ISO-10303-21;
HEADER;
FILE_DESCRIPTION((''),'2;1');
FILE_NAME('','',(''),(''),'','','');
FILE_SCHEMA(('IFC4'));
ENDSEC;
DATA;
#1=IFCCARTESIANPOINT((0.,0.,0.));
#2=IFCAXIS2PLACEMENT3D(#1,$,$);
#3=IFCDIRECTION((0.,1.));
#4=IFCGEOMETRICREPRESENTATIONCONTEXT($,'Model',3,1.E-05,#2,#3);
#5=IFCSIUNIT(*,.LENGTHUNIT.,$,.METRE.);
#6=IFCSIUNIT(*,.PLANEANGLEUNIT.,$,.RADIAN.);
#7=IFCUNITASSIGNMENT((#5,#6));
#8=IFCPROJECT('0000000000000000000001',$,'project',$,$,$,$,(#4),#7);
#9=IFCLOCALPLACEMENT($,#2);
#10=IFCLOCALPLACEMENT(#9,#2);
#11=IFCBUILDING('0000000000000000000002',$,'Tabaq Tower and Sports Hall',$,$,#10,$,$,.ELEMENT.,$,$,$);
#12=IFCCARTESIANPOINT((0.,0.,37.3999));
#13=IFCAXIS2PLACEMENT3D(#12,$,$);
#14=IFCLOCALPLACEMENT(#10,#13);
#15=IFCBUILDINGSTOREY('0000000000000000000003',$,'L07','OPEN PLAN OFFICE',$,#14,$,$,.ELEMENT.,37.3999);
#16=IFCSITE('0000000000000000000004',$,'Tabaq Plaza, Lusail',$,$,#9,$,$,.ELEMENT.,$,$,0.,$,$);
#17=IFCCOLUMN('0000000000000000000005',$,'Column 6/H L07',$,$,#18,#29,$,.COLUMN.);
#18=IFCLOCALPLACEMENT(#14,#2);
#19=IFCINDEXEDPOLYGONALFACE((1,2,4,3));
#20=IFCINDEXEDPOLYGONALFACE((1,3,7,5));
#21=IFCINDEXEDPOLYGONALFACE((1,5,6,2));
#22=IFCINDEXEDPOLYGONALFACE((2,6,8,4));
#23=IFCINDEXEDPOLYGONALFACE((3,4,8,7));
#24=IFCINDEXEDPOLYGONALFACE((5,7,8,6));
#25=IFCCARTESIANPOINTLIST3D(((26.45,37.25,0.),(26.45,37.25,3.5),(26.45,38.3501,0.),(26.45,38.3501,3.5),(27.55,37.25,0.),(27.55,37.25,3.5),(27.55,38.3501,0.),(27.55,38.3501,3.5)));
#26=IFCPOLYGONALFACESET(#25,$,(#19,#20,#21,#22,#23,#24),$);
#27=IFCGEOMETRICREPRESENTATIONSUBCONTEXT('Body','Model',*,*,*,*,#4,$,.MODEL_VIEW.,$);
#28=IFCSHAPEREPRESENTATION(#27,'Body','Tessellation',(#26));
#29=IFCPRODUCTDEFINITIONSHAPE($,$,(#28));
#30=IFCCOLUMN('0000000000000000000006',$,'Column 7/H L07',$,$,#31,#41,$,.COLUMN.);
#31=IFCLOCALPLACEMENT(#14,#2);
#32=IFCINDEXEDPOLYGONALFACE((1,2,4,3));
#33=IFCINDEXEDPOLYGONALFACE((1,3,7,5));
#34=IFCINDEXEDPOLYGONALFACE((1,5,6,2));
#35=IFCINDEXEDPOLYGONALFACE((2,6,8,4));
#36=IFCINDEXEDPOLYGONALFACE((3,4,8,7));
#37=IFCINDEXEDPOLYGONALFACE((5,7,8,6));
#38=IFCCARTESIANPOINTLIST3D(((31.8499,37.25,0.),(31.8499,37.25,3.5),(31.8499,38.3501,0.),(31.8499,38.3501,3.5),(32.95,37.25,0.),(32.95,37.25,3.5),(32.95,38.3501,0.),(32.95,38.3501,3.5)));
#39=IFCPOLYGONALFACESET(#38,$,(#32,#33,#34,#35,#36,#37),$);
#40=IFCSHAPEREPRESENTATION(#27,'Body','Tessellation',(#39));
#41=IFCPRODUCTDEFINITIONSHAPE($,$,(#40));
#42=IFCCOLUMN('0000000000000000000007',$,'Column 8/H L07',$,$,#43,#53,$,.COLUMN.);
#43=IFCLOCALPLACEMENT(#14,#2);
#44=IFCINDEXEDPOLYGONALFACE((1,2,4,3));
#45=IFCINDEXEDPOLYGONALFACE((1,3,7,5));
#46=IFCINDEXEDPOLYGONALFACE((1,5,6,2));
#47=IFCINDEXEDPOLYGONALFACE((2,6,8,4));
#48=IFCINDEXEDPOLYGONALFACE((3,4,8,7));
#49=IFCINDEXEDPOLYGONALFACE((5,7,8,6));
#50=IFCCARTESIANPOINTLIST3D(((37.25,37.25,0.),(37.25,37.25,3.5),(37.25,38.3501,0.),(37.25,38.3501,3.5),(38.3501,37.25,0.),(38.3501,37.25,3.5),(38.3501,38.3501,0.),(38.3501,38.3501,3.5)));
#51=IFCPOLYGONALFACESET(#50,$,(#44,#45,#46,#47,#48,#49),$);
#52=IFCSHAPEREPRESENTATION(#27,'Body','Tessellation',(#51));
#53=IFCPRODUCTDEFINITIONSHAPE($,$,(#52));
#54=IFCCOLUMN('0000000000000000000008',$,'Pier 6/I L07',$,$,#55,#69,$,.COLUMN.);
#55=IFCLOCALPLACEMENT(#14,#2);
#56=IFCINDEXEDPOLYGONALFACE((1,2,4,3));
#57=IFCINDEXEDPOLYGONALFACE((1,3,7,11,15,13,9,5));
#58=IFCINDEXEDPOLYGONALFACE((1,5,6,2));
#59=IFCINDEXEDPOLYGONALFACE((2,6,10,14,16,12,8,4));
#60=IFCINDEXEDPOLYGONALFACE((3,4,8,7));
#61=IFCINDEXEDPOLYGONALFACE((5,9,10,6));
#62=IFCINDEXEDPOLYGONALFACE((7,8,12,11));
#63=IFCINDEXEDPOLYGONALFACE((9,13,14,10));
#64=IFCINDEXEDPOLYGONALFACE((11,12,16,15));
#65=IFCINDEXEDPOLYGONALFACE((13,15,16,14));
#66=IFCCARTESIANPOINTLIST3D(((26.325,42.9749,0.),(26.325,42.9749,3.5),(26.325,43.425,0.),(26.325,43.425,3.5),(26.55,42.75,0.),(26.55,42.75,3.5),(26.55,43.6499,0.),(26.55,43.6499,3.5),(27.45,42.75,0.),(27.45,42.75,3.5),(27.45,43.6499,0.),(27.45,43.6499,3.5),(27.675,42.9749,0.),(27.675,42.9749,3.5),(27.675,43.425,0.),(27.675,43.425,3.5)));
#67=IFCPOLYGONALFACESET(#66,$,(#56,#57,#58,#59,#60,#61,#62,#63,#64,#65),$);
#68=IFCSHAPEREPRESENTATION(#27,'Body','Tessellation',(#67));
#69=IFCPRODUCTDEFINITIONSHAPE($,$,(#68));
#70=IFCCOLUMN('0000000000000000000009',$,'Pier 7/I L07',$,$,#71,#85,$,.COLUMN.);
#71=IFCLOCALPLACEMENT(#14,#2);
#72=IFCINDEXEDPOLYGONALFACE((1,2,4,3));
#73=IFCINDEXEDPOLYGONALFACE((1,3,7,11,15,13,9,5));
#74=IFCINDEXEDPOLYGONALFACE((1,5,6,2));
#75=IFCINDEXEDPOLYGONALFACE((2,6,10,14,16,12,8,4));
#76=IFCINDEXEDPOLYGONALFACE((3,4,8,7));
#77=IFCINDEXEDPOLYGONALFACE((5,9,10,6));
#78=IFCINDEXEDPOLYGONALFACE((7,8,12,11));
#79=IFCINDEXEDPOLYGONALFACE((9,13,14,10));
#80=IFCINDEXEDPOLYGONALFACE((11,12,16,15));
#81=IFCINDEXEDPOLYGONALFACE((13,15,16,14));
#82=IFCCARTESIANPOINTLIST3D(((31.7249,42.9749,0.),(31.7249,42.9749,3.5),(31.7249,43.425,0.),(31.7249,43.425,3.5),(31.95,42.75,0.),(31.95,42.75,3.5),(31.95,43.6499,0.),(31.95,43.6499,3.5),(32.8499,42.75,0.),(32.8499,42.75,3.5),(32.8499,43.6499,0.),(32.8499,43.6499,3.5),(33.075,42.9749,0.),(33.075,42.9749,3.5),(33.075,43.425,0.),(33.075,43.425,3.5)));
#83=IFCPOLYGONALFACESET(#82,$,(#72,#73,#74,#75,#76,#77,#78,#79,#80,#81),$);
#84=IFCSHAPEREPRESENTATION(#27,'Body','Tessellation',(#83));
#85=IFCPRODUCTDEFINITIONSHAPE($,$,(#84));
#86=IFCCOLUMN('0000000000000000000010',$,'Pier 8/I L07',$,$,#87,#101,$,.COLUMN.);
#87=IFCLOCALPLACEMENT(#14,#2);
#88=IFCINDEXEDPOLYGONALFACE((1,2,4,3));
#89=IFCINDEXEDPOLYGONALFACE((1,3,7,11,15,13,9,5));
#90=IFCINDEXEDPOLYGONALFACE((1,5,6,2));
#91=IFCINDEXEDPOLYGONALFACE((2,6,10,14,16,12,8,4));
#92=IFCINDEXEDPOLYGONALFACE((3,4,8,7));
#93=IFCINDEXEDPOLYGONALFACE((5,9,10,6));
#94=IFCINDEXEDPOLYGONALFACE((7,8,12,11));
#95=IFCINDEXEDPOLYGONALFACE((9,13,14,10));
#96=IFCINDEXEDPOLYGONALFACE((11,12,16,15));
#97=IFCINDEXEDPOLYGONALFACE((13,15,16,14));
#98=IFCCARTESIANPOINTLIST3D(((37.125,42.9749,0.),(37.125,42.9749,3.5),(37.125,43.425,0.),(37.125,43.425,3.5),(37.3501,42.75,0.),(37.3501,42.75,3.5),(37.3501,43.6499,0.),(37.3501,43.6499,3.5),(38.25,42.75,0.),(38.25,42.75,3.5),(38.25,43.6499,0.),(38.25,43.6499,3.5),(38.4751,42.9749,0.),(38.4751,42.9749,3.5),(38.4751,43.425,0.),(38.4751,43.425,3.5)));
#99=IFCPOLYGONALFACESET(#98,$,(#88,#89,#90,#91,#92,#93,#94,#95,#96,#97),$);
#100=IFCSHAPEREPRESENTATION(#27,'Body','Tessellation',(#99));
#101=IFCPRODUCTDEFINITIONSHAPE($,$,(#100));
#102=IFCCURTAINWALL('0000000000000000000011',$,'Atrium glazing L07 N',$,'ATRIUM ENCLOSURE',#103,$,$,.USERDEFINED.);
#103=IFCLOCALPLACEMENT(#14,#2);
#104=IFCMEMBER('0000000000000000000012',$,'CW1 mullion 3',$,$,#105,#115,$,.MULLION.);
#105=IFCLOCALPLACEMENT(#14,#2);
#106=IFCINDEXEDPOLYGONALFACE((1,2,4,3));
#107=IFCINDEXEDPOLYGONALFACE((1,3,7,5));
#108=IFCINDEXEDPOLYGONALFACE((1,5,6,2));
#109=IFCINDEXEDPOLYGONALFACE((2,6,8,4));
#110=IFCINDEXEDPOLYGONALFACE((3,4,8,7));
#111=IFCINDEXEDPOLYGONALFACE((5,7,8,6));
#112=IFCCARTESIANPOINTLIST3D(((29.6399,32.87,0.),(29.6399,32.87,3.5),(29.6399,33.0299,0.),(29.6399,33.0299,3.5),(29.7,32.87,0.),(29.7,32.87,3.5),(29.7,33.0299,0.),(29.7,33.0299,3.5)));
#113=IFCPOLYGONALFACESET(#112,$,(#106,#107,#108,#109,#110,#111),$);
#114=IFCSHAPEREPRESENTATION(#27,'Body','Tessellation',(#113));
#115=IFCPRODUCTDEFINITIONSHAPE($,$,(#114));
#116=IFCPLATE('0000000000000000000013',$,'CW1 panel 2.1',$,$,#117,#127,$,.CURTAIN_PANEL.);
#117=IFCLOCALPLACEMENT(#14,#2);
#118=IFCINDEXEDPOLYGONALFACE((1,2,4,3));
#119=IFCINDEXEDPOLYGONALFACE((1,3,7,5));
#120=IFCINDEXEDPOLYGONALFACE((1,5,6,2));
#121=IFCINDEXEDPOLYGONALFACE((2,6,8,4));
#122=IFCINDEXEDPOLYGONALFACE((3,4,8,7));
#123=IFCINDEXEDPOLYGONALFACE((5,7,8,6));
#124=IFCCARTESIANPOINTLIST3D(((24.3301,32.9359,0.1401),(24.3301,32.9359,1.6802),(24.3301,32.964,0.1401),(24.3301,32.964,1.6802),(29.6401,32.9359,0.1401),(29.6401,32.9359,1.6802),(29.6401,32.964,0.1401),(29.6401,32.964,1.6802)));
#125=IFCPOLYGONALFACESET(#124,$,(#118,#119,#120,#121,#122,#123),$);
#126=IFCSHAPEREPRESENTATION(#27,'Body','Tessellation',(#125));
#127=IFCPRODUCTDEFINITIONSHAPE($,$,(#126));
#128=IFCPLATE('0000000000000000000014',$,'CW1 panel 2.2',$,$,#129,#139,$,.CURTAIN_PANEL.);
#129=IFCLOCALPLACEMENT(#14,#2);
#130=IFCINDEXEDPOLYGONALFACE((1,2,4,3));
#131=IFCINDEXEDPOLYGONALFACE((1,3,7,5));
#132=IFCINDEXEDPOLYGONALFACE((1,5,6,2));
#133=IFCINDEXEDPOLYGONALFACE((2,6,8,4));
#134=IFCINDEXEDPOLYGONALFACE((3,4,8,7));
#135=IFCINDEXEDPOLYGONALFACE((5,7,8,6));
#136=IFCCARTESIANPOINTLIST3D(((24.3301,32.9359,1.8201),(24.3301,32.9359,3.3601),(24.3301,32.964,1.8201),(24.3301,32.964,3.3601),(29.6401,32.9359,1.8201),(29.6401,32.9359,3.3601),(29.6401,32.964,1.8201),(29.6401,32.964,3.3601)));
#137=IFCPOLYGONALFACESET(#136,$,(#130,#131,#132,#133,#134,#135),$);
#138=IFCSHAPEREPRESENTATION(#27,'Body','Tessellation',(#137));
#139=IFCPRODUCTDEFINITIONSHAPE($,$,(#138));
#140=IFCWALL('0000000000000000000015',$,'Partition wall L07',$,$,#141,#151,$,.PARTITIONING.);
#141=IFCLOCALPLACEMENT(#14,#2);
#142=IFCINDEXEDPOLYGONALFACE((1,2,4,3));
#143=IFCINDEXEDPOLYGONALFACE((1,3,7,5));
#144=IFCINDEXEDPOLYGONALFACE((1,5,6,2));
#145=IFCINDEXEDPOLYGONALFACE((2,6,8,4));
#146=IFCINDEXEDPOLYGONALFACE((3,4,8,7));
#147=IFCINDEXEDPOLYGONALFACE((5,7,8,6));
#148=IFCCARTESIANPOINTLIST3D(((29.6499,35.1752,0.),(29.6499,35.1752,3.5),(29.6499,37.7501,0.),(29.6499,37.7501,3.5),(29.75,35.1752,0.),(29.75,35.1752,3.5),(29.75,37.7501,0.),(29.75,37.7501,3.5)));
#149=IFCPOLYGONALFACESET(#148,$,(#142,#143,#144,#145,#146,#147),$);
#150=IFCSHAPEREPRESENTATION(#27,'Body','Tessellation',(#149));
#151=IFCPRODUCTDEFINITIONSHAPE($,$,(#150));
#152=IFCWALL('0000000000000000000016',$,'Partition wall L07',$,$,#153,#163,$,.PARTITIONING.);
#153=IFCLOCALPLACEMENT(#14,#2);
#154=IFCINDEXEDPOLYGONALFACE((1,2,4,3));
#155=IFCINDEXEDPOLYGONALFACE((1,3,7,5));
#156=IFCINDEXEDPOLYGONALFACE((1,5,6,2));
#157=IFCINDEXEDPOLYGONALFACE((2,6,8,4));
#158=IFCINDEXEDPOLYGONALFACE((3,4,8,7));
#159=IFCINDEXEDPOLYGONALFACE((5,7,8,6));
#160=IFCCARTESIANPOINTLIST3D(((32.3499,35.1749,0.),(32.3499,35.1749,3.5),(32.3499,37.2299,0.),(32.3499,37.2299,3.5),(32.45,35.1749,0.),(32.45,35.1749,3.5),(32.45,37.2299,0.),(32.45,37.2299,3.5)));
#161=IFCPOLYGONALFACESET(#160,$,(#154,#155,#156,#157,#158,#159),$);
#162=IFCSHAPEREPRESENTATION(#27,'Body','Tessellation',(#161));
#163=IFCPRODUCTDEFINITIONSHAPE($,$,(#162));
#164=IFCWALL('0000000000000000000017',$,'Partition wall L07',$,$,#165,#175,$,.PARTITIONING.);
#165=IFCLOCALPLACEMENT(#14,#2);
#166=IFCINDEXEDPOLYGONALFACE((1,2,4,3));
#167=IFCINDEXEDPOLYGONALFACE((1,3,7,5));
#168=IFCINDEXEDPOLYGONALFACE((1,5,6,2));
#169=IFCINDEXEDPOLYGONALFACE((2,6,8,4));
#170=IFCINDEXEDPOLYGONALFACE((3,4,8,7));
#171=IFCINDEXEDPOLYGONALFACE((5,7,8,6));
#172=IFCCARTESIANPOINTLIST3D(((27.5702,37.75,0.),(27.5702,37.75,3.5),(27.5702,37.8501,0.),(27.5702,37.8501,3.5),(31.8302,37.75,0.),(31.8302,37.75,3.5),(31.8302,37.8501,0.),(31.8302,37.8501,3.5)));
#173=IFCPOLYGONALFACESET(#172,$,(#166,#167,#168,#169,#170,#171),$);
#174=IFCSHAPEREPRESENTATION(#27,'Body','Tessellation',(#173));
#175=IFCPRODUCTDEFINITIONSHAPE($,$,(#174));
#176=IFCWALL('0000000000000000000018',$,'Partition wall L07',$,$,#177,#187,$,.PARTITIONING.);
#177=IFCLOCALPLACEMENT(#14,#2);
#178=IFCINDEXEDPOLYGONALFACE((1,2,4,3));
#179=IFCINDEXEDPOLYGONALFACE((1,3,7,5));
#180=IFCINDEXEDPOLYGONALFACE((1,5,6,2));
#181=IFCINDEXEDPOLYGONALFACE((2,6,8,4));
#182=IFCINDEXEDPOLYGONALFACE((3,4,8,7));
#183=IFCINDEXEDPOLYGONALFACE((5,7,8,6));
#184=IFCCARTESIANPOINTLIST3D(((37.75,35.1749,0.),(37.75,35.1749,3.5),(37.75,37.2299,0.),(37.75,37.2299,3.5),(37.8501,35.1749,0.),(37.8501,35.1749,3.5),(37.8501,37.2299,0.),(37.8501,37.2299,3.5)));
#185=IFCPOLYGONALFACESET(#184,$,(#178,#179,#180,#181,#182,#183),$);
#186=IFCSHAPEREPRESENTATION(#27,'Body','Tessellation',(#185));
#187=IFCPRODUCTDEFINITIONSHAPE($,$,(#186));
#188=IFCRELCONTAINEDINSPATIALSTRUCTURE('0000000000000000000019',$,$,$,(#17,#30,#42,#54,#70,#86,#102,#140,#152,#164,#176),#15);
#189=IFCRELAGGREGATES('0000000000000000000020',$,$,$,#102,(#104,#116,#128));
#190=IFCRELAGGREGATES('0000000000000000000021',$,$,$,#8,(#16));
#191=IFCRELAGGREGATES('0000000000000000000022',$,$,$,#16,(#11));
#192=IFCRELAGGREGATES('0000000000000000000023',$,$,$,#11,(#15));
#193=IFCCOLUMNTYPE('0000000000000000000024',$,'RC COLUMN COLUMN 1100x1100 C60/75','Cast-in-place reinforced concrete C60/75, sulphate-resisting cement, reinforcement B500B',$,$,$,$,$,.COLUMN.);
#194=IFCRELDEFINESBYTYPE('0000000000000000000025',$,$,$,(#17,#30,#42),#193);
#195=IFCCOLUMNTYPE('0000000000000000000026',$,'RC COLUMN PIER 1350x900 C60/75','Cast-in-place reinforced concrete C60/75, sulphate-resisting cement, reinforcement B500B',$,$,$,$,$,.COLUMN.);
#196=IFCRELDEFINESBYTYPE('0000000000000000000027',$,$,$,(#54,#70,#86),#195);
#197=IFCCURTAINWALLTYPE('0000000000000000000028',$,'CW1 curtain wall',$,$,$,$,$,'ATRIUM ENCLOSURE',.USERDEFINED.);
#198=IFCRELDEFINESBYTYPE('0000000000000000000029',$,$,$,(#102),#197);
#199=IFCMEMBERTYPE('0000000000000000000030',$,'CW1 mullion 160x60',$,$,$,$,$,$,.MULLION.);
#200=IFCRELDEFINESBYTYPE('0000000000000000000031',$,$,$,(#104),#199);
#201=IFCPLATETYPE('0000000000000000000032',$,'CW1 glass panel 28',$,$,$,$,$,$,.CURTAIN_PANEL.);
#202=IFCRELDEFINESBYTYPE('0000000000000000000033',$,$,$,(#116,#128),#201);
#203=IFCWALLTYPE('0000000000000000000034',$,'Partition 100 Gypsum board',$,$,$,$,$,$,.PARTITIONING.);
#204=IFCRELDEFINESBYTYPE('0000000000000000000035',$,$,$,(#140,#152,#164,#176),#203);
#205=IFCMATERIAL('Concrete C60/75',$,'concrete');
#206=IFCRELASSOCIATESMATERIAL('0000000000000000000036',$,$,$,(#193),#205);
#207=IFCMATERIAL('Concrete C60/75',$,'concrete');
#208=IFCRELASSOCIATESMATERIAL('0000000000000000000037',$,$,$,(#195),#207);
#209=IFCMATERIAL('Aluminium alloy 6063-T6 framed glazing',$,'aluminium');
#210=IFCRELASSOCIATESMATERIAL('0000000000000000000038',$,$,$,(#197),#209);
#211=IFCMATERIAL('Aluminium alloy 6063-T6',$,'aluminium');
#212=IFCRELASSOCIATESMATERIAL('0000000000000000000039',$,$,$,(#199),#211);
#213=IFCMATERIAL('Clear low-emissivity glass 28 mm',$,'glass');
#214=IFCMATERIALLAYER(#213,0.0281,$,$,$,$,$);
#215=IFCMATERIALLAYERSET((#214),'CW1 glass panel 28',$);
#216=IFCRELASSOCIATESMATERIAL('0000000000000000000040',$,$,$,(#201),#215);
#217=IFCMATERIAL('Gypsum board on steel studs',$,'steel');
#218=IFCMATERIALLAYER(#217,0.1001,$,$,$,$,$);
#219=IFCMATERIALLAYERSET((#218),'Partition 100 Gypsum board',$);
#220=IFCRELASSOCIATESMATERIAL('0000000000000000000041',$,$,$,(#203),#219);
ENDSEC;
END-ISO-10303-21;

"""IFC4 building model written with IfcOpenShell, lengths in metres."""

from ifc_helpers import new_model, si_unit, direction, frame, frame_2d, origin, origin_2d, place, context, subcontext, project, spatial, polyline, rectangle, outline, extrude, material, layer, layer_set, material_profile, profile_set, type_object, element, aggregate, save


model = new_model("IFC4")

# Units and contexts
model_context = context("Model", 3, precision=1e-05, world=origin(), true_north=direction((0.0, 1.0)))
body_context = subcontext(model_context, "Body", "Model", "MODEL_VIEW")
ifc_project = project(units=[si_unit("LENGTHUNIT", "METRE"), si_unit("PLANEANGLEUNIT", "RADIAN")], contexts=[model_context])

# Site, building, storey
site_placement = place(None, origin())
site = spatial("IfcSite", under=ifc_project, at=site_placement, Name="Tabaq Plaza, Lusail", CompositionType="ELEMENT", RefElevation=0.0)
building_placement = place(site_placement, origin())
building = spatial("IfcBuilding", under=site, at=building_placement, Name="Tabaq Tower and Sports Hall", CompositionType="ELEMENT")
storey_placement = place(building_placement, frame((0.0, 0.0, 37.3999)))
storey = spatial("IfcBuildingStorey", under=building, at=storey_placement, Name="L07", Description="OPEN PLAN OFFICE", CompositionType="ELEMENT", Elevation=37.3999)

# Columns
ifc_material_1 = material(Name="Concrete C60/75", Category="concrete")
ifc_material_profile_1 = material_profile(ifc_material_1, rectangle(XDim=1.1001, YDim=1.1001, at=origin_2d()), Name="COLUMN 1100x1100")
ifc_profile_set_1 = profile_set([ifc_material_profile_1], Name="Concrete C60/75")
column_type_1 = type_object("IfcColumnType", Name="RC COLUMN COLUMN 1100x1100 C60/75", Description="Cast-in-place reinforced concrete C60/75, sulphate-resisting cement, reinforcement B500B", PredefinedType="COLUMN", material=ifc_profile_set_1)
for number, where, z_axis, x_axis, name in (
    (1, (27.0, 37.8, 0.0), (0.0, 0.0, 1.0), (1.0, 0.0, 0.0), "Column 6/H L07"),
    (2, (32.3999, 37.8, 0.0), (0.0, 0.0, 1.0), (1.0, 0.0, 0.0), "Column 7/H L07"),
    (3, (37.8, 37.8, 0.0), (0.0, 0.0, 1.0), (1.0, 0.0, 0.0), "Column 8/H L07"),
):
    element("IfcColumn", number, at=place(storey_placement, frame(where, z_axis=z_axis, x_axis=x_axis)), inside=storey, type_object=column_type_1, Name=name, PredefinedType="COLUMN", context=body_context, shape_type="SweptSolid", body=[
        extrude(rectangle(XDim=1.1001, YDim=1.1001, at=origin_2d()), origin(), (0.0, 0.0, 1.0), 3.5),
    ])
ifc_material_2 = material(Name="Concrete C60/75", Category="concrete")
ifc_material_profile_2 = material_profile(ifc_material_2, outline(polyline([(-0.45, -0.45), (0.45, -0.45), (0.675, -0.2251), (0.675, 0.2251), (0.45, 0.45), (-0.45, 0.45), (-0.675, 0.2251), (-0.675, -0.2251), (-0.45, -0.45)])), Name="PIER 1350x900")
ifc_profile_set_2 = profile_set([ifc_material_profile_2], Name="Concrete C60/75")
column_type_2 = type_object("IfcColumnType", Name="RC COLUMN PIER 1350x900 C60/75", Description="Cast-in-place reinforced concrete C60/75, sulphate-resisting cement, reinforcement B500B", PredefinedType="COLUMN", material=ifc_profile_set_2)
for number, where, z_axis, x_axis, name in (
    (4, (27.0, 43.2, 0.0), (0.0, 0.0, 1.0), (1.0, 0.0, 0.0), "Pier 6/I L07"),
    (5, (32.3999, 43.2, 0.0), (0.0, 0.0, 1.0), (1.0, 0.0, 0.0), "Pier 7/I L07"),
    (6, (37.8, 43.2, 0.0), (0.0, 0.0, 1.0), (1.0, 0.0, 0.0), "Pier 8/I L07"),
):
    element("IfcColumn", number, at=place(storey_placement, frame(where, z_axis=z_axis, x_axis=x_axis)), inside=storey, type_object=column_type_2, Name=name, PredefinedType="COLUMN", context=body_context, shape_type="SweptSolid", body=[
        extrude(outline(polyline([(-0.45, -0.45), (0.45, -0.45), (0.675, -0.2251), (0.675, 0.2251), (0.45, 0.45), (-0.45, 0.45), (-0.675, 0.2251), (-0.675, -0.2251), (-0.45, -0.45)])), origin(), (0.0, 0.0, 1.0), 3.5),
    ])

# Curtain wall, member, plates
ifc_material_3 = material(Name="Aluminium alloy 6063-T6 framed glazing", Category="aluminium")
curtain_wall_type = type_object("IfcCurtainWallType", Name="CW1 curtain wall", ElementType="ATRIUM ENCLOSURE", PredefinedType="USERDEFINED", material=ifc_material_3)
curtain_wall_placement = place(storey_placement, origin())
curtain_wall = element("IfcCurtainWall", 7, at=curtain_wall_placement, inside=storey, type_object=curtain_wall_type, Name="Atrium glazing L07 N", ObjectType="ATRIUM ENCLOSURE", PredefinedType="USERDEFINED")
ifc_material_4 = material(Name="Aluminium alloy 6063-T6", Category="aluminium")
ifc_material_profile_3 = material_profile(ifc_material_4, rectangle(XDim=0.1599, YDim=0.0601, at=origin_2d()), Name="MULLION 160x60")
ifc_profile_set_3 = profile_set([ifc_material_profile_3], Name="Aluminium alloy 6063-T6")
member_type = type_object("IfcMemberType", Name="CW1 mullion 160x60", PredefinedType="MULLION", material=ifc_profile_set_3)
member_placement = place(storey_placement, frame((29.6699, 32.95, 0.0), z_axis=(0.0, 0.0, 1.0), x_axis=(0.0, 1.0, 0.0)))
member = element("IfcMember", 8, at=member_placement, type_object=member_type, Name="CW1 mullion 3", PredefinedType="MULLION", context=body_context, shape_type="SweptSolid", body=[
    extrude(rectangle(XDim=0.1599, YDim=0.0601, at=origin_2d()), origin(), (0.0, 0.0, 1.0), 3.5),
])
ifc_material_5 = material(Name="Clear low-emissivity glass 28 mm", Category="glass")
ifc_layer_1 = layer(ifc_material_5, 0.0281)
ifc_layer_set_1 = layer_set([ifc_layer_1], Name="CW1 glass panel 28")
plate_type = type_object("IfcPlateType", Name="CW1 glass panel 28", PredefinedType="CURTAIN_PANEL", material=ifc_layer_set_1)
plate_1_placement = place(storey_placement, frame((26.9851, 32.95, 0.1401), z_axis=(0.0, 0.0, 1.0), x_axis=(1.0, 0.0, 0.0)))
plate_1 = element("IfcPlate", 9, at=plate_1_placement, type_object=plate_type, Name="CW1 panel 2.1", PredefinedType="CURTAIN_PANEL", context=body_context, shape_type="SweptSolid", body=[
    extrude(rectangle(XDim=5.3101, YDim=0.0281, at=origin_2d()), origin(), (0.0, 0.0, 1.0), 1.54),
])
plate_2_placement = place(storey_placement, frame((26.9851, 32.95, 1.8201), z_axis=(0.0, 0.0, 1.0), x_axis=(1.0, 0.0, 0.0)))
plate_2 = element("IfcPlate", 10, at=plate_2_placement, type_object=plate_type, Name="CW1 panel 2.2", PredefinedType="CURTAIN_PANEL", context=body_context, shape_type="SweptSolid", body=[
    extrude(rectangle(XDim=5.3101, YDim=0.0281, at=origin_2d()), origin(), (0.0, 0.0, 1.0), 1.54),
])
aggregate(curtain_wall, [member, plate_1, plate_2])

# Walls
ifc_material_6 = material(Name="Gypsum board on steel studs", Category="steel")
ifc_layer_2 = layer(ifc_material_6, 0.1001)
ifc_layer_set_2 = layer_set([ifc_layer_2], Name="Partition 100 Gypsum board")
wall_type_1 = type_object("IfcWallType", Name="Partition 100 Gypsum board", PredefinedType="PARTITIONING", material=ifc_layer_set_2)
wall_1_placement = place(storey_placement, frame((29.7, 35.175, 0.0), z_axis=(0.0, 0.0, 1.0), x_axis=(0.0, 1.0, 0.0)))
element("IfcWall", 11, at=wall_1_placement, inside=storey, type_object=wall_type_1, Name="Partition wall L07", PredefinedType="PARTITIONING", context=body_context, shape_type="SweptSolid", body=[
    extrude(rectangle(XDim=2.575, YDim=0.1001, at=frame_2d((1.2876, 0.0))), origin(), (0.0, 0.0, 1.0), 3.5),
])
wall_2_placement = place(storey_placement, frame((32.3999, 35.175, 0.0), z_axis=(0.0, 0.0, 1.0), x_axis=(0.0, 1.0, 0.0)))
element("IfcWall", 12, at=wall_2_placement, inside=storey, type_object=wall_type_1, Name="Partition wall L07", PredefinedType="PARTITIONING", context=body_context, shape_type="SweptSolid", body=[
    extrude(rectangle(XDim=2.0549, YDim=0.1001, at=frame_2d((1.0273, 0.0))), origin(), (0.0, 0.0, 1.0), 3.5),
])
wall_3_placement = place(storey_placement, frame((31.8301, 37.8, 0.0), z_axis=(0.0, 0.0, 1.0), x_axis=(-1.0, 0.0, 0.0)))
element("IfcWall", 13, at=wall_3_placement, inside=storey, type_object=wall_type_1, Name="Partition wall L07", PredefinedType="PARTITIONING", context=body_context, shape_type="SweptSolid", body=[
    extrude(rectangle(XDim=4.26, YDim=0.1001, at=frame_2d((2.1299, 0.0))), origin(), (0.0, 0.0, 1.0), 3.5),
])
wall_4_placement = place(storey_placement, frame((37.8, 35.175, 0.0), z_axis=(0.0, 0.0, 1.0), x_axis=(0.0, 1.0, 0.0)))
element("IfcWall", 14, at=wall_4_placement, inside=storey, type_object=wall_type_1, Name="Partition wall L07", PredefinedType="PARTITIONING", context=body_context, shape_type="SweptSolid", body=[
    extrude(rectangle(XDim=2.0549, YDim=0.1001, at=frame_2d((1.0273, 0.0))), origin(), (0.0, 0.0, 1.0), 3.5),
])

save(model, "model.ifc")
